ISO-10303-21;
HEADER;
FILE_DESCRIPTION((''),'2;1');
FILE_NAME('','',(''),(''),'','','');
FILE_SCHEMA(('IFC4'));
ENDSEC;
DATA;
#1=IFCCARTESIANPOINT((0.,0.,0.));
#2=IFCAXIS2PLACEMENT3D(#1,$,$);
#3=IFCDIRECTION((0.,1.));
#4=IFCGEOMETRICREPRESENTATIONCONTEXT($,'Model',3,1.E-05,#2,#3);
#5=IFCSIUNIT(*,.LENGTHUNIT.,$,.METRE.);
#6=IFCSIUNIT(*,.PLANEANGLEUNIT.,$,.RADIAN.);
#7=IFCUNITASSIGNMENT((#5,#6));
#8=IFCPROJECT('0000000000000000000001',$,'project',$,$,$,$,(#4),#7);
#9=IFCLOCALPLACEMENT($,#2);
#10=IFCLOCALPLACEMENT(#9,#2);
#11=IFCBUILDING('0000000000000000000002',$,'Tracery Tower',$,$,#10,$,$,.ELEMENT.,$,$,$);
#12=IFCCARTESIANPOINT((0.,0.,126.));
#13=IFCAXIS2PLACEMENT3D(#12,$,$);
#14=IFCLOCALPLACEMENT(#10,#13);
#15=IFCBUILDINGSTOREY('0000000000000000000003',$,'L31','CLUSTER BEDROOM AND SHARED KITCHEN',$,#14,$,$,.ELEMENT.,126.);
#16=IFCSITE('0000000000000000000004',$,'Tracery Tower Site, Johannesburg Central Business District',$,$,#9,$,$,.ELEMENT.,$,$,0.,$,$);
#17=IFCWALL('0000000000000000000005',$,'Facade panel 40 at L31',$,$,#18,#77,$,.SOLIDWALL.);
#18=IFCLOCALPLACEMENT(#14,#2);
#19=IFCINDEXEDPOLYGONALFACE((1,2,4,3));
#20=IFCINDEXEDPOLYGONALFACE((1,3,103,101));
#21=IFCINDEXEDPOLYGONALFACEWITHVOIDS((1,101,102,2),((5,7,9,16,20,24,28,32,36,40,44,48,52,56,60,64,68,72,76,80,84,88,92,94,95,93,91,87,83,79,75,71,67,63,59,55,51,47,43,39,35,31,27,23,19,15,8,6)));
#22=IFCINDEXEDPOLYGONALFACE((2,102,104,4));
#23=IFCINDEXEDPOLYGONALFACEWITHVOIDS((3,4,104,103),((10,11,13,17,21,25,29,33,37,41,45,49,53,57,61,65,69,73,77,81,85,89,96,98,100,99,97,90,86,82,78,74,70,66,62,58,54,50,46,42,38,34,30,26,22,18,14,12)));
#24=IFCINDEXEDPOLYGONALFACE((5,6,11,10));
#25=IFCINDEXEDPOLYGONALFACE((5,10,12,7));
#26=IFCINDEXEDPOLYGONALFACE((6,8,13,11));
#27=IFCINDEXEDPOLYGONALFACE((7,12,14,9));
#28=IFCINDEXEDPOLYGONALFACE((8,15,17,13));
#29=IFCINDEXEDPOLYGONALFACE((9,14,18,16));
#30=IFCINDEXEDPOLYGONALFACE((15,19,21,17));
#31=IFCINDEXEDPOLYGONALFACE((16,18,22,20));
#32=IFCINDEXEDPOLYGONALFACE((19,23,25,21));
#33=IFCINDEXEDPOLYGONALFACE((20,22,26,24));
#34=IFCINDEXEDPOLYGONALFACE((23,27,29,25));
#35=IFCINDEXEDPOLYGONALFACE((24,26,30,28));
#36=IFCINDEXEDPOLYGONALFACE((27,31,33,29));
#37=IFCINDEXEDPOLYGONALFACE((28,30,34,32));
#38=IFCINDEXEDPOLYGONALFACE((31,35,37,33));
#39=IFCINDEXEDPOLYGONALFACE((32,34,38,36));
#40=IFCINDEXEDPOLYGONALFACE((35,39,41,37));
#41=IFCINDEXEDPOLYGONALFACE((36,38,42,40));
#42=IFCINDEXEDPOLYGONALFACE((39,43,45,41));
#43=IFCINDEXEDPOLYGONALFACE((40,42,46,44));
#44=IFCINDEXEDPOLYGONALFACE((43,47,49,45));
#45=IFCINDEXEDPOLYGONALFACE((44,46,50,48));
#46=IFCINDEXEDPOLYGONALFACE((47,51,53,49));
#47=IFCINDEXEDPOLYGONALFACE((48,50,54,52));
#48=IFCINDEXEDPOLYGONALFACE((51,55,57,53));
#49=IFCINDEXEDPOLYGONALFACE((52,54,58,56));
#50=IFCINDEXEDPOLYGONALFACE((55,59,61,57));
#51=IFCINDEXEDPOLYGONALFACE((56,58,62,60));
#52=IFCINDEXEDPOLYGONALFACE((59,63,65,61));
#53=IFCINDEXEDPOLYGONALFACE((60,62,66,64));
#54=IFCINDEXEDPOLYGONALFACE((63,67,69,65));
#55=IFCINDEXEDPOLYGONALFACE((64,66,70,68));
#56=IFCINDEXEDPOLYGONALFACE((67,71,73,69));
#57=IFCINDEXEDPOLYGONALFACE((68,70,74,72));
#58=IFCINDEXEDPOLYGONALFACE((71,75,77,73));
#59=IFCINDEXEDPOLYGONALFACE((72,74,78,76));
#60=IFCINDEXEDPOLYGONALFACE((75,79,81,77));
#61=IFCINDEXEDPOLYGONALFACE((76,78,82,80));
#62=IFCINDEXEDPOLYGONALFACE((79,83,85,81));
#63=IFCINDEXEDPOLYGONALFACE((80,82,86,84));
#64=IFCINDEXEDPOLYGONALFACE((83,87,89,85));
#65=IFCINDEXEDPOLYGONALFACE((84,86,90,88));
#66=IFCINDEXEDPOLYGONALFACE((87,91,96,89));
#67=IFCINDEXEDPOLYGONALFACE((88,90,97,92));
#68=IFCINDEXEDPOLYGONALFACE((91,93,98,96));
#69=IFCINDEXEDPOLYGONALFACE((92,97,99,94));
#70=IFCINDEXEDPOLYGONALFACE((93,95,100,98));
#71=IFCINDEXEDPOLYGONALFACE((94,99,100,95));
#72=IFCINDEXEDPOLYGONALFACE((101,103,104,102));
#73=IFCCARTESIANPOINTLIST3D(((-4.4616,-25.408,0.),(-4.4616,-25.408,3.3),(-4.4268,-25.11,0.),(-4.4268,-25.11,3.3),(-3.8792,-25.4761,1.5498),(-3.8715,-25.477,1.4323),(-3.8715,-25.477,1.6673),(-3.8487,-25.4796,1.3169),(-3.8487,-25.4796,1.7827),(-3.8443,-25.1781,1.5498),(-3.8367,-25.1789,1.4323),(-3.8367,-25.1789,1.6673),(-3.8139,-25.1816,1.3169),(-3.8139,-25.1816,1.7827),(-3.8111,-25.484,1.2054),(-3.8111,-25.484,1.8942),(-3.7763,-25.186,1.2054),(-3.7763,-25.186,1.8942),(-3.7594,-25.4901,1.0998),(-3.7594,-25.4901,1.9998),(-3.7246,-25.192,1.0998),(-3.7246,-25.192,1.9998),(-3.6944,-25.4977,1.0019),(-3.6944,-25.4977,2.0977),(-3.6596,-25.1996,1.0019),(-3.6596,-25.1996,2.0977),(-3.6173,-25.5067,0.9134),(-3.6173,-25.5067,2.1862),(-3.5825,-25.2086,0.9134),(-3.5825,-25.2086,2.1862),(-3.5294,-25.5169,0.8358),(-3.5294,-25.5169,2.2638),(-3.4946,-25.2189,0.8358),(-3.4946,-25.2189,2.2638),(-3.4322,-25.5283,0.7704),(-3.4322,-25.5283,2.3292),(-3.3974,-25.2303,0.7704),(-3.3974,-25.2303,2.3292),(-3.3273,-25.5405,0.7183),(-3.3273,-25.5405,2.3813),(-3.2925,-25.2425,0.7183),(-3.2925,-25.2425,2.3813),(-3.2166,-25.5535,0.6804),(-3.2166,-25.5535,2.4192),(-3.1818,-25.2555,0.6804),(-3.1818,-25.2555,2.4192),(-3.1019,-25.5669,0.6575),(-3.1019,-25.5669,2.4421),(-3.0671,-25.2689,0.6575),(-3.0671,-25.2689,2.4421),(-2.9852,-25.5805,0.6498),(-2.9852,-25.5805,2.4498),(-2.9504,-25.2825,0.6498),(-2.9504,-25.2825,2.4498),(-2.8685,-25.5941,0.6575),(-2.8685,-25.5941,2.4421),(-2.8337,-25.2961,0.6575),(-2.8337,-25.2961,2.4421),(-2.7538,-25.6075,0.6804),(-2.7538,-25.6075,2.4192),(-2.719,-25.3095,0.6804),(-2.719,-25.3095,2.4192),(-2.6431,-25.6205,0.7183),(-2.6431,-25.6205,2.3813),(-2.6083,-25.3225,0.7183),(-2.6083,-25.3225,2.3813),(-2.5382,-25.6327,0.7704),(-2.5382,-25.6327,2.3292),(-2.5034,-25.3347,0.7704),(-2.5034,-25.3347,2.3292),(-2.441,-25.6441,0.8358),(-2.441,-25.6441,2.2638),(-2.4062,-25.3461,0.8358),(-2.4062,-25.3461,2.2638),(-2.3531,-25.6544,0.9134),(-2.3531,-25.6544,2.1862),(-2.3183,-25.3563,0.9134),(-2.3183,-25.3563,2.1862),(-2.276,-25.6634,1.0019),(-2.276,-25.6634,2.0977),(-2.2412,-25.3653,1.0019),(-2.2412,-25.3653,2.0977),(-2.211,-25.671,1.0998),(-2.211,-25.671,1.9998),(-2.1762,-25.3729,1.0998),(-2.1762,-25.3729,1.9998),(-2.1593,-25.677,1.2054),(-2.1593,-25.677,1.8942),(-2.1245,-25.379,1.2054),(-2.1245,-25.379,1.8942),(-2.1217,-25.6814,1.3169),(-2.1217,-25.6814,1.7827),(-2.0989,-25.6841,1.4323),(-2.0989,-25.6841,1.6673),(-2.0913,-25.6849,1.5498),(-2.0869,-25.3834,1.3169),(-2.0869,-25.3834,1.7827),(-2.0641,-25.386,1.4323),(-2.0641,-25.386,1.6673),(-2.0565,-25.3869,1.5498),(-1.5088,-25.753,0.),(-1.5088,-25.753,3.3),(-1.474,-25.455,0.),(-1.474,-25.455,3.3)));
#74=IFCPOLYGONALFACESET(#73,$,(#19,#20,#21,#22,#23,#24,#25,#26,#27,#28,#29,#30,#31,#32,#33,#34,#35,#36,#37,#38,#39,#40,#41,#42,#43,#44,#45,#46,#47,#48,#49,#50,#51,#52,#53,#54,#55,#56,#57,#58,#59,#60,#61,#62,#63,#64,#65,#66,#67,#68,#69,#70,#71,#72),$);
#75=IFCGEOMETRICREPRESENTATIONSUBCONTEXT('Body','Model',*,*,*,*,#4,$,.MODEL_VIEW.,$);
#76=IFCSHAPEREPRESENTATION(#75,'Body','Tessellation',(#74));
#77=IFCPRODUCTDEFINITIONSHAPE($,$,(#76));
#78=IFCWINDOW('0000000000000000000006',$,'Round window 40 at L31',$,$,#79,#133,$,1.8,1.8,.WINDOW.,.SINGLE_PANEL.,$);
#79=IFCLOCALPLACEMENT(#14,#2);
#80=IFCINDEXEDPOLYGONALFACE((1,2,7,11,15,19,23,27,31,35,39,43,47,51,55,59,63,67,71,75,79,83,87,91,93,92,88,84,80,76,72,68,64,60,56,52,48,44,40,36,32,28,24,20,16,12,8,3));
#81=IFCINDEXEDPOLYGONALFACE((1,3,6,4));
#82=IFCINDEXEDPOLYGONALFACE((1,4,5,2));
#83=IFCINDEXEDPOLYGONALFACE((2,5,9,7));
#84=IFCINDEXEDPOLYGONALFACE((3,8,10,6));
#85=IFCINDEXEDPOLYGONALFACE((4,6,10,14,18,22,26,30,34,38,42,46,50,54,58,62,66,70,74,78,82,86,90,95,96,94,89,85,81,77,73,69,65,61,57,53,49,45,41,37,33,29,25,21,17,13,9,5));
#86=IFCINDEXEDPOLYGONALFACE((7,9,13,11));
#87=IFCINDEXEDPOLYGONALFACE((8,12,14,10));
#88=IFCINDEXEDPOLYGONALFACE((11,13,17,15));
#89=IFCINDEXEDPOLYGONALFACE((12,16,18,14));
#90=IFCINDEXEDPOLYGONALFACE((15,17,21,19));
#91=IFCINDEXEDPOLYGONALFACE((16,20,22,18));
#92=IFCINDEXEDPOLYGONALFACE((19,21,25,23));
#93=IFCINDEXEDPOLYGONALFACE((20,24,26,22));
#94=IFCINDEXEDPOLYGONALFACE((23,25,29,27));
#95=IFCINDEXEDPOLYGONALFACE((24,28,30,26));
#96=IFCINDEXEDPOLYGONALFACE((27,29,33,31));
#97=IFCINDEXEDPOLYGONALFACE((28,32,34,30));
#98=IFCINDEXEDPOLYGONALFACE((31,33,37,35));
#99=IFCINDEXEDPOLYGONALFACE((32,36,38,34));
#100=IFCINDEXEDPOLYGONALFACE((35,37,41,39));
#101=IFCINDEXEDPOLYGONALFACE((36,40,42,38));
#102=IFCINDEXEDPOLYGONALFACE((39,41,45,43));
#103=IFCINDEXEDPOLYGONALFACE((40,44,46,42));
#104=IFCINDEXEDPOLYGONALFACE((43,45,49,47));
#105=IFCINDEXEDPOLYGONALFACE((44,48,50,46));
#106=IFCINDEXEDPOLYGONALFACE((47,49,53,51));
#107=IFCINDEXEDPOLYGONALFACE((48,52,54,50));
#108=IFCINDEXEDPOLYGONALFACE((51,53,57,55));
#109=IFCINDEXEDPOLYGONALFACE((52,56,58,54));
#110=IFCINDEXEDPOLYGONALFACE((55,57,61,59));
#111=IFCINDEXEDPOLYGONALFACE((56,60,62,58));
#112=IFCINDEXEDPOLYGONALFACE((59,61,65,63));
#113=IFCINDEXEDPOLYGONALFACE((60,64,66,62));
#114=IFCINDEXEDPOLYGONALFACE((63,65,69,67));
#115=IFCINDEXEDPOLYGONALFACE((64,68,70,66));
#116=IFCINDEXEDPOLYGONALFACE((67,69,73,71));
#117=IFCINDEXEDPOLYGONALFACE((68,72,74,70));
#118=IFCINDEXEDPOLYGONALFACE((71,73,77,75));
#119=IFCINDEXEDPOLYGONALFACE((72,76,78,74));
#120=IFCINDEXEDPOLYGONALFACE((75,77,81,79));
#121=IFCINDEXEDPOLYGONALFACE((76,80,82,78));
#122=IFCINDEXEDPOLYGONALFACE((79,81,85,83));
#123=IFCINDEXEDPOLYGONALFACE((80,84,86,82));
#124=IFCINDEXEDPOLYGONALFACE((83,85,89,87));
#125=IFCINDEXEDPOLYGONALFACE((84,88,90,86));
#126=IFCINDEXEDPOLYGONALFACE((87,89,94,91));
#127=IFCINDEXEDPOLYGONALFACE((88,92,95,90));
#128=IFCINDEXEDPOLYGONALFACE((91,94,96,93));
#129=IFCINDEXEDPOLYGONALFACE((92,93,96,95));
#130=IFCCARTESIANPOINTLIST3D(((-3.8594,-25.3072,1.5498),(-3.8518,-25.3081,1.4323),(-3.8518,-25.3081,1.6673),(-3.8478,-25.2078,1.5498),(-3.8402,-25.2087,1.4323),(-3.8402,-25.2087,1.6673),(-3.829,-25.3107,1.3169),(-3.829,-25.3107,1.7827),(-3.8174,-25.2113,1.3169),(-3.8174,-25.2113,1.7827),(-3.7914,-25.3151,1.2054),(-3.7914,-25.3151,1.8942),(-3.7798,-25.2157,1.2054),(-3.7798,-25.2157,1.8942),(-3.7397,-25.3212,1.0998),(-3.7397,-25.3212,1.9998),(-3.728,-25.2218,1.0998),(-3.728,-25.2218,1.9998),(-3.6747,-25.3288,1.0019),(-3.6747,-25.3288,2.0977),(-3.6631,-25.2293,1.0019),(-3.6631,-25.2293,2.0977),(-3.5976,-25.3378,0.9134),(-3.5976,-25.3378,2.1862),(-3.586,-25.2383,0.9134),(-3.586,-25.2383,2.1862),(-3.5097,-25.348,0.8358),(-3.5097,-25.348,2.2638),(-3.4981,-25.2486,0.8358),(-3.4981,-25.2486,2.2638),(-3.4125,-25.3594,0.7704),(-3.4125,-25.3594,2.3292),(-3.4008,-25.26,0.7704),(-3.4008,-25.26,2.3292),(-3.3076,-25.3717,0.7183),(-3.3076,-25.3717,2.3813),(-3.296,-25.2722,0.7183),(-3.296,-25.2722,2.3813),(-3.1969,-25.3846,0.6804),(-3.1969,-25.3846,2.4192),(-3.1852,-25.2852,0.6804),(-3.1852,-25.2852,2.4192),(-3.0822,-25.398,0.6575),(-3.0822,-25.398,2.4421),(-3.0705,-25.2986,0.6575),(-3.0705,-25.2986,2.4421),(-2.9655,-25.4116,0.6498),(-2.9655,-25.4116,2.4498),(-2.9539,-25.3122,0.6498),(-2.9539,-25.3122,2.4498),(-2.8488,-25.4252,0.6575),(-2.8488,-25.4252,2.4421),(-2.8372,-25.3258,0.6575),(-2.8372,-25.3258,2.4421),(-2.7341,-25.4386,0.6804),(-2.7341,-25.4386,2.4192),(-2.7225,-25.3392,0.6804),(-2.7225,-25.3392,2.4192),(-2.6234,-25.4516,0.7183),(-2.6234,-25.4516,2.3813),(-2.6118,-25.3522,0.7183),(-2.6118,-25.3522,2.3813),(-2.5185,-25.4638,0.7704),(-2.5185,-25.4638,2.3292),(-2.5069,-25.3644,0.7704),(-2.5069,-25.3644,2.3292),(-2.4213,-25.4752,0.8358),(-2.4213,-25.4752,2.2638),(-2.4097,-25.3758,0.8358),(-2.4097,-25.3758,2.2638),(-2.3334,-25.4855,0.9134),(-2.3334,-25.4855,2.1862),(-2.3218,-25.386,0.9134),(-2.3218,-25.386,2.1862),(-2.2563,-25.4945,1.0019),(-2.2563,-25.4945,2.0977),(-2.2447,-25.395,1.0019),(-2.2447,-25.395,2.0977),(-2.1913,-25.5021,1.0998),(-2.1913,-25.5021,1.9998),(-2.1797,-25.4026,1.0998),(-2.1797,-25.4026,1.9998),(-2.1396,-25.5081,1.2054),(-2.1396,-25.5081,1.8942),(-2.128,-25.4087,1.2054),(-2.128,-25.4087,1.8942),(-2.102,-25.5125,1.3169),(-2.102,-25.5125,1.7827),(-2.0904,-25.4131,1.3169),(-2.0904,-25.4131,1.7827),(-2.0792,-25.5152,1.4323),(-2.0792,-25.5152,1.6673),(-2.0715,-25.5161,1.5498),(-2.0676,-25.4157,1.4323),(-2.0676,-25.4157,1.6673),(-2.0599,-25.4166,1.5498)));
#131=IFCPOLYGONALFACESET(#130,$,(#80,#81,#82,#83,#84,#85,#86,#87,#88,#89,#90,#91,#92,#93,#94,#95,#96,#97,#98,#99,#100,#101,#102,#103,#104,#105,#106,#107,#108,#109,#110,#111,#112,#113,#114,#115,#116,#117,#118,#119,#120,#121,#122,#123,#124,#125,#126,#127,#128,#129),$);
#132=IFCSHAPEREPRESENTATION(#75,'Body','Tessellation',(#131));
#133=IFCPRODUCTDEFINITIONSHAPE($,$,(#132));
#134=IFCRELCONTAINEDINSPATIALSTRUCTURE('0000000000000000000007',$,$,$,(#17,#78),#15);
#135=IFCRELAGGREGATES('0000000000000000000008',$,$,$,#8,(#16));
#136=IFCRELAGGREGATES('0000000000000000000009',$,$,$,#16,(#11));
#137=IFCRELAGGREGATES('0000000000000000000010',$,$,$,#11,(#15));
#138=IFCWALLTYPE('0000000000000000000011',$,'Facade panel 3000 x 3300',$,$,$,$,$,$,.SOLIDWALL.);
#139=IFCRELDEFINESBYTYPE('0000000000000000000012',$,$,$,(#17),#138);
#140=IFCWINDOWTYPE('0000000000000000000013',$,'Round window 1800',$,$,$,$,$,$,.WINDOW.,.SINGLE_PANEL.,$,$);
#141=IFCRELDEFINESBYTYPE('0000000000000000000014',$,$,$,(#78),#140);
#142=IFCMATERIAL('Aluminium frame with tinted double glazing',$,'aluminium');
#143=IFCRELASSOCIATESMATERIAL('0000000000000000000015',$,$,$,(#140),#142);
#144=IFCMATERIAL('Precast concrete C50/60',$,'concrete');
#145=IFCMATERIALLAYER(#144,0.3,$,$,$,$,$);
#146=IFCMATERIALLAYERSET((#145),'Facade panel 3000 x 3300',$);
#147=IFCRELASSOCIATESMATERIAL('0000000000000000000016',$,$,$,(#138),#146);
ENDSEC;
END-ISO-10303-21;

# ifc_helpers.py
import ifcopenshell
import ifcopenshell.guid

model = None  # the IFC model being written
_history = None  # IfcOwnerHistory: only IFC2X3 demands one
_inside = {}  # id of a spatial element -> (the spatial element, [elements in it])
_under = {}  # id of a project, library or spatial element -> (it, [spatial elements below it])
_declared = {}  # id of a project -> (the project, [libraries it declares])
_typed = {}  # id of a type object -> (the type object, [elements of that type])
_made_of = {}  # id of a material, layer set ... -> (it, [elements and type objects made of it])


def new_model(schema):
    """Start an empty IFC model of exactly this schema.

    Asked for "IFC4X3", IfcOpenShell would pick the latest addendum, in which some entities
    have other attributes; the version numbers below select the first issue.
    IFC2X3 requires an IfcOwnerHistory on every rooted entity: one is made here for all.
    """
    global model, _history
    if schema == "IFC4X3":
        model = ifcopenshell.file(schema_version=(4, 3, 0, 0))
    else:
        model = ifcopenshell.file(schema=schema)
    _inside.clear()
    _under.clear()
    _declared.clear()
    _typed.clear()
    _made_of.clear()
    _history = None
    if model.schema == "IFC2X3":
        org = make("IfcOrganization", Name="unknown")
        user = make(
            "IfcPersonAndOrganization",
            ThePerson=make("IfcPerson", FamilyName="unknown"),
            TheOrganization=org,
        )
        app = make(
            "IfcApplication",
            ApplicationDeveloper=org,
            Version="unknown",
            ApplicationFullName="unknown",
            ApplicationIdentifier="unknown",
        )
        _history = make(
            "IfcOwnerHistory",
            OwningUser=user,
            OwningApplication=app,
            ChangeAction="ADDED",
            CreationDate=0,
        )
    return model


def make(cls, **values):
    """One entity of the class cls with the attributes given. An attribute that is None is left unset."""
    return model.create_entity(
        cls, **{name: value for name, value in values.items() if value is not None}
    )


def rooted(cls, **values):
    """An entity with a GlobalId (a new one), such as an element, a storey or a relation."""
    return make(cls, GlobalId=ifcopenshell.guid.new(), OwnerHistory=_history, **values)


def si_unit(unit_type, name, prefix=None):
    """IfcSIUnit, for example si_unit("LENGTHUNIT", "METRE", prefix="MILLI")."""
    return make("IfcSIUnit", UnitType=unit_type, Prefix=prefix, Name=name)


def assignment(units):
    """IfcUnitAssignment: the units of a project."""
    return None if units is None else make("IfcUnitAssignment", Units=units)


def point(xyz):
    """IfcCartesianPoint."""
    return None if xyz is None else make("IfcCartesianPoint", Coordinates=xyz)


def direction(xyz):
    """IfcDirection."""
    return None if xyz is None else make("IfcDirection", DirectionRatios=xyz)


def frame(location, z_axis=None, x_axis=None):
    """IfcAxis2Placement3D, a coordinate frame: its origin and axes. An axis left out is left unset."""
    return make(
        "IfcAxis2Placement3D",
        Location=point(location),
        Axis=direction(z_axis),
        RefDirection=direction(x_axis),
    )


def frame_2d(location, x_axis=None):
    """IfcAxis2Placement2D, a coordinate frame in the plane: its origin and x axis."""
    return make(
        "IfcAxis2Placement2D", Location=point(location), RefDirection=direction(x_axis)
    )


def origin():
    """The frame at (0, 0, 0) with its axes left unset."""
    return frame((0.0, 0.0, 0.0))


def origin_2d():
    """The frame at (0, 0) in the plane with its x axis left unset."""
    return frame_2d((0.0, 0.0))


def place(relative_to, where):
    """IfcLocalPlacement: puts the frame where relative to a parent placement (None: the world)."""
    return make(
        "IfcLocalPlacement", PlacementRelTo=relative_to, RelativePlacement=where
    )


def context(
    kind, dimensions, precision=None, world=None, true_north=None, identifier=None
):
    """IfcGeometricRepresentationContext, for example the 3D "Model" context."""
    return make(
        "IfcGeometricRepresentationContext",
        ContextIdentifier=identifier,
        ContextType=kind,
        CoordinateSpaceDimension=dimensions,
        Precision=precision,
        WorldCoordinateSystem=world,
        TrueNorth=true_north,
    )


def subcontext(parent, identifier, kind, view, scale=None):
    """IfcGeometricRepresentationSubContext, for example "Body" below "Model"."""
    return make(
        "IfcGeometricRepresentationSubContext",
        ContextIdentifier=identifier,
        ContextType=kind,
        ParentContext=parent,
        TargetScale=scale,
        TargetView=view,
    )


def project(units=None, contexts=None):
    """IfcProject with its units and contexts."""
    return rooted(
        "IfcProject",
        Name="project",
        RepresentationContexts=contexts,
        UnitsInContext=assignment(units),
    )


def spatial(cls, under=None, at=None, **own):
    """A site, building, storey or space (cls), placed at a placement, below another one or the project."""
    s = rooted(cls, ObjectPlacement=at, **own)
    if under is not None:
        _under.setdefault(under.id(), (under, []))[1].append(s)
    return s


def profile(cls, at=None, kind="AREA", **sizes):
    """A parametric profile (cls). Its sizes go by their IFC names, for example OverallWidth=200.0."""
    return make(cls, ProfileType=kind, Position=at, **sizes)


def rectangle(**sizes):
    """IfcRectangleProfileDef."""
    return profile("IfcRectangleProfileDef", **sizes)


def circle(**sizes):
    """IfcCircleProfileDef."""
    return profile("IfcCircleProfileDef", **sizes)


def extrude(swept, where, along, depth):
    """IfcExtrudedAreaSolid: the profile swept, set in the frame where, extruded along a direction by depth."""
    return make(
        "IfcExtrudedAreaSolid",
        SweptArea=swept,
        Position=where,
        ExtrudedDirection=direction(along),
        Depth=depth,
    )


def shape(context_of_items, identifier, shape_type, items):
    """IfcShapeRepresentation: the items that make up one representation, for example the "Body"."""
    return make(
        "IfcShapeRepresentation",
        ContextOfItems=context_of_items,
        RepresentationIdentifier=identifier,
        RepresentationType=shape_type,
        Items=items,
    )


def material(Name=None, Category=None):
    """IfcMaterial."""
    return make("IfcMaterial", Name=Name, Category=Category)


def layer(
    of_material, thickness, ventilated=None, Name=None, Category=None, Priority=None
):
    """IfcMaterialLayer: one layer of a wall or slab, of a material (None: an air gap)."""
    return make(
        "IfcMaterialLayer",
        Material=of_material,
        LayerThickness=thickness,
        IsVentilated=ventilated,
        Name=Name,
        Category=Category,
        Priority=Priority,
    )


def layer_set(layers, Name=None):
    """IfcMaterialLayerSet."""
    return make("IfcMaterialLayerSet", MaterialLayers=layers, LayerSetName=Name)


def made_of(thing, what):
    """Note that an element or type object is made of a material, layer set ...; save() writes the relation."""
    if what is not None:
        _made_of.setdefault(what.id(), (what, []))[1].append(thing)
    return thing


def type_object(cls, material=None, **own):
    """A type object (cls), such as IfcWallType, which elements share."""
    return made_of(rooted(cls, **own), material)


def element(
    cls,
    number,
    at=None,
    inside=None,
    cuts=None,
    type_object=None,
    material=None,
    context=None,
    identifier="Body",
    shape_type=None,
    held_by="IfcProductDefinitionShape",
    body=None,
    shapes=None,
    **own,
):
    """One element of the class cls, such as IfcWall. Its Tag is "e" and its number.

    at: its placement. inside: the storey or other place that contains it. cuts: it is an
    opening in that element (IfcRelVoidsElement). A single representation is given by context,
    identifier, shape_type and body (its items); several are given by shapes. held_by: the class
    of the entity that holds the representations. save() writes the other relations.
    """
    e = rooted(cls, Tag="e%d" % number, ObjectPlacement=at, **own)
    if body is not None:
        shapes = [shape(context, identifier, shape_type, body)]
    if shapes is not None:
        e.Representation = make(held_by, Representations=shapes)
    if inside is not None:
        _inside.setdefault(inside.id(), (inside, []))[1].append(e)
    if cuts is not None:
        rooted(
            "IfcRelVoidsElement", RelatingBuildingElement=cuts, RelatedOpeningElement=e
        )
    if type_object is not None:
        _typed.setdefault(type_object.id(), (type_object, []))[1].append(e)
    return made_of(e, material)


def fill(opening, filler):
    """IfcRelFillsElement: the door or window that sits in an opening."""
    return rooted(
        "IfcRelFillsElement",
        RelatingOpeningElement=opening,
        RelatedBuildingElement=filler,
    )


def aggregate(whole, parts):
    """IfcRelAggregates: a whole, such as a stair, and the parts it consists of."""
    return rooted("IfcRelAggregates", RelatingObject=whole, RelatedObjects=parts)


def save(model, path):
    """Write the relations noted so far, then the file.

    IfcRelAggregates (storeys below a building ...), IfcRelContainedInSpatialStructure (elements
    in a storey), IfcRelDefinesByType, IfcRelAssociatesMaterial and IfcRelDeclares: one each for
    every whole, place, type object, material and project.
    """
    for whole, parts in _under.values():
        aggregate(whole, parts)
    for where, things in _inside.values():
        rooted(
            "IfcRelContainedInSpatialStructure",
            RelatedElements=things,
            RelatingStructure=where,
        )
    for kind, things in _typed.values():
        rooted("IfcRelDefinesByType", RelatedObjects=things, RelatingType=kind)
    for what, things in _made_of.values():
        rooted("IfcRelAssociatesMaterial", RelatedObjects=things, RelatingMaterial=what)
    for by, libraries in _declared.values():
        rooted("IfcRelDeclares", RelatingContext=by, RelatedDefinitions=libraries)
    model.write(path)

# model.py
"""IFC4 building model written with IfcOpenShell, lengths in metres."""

from ifc_helpers import new_model, si_unit, direction, frame, frame_2d, origin, origin_2d, place, context, subcontext, project, spatial, rectangle, circle, extrude, material, layer, layer_set, type_object, element, fill, save


model = new_model("IFC4")

# Units and contexts
model_context = context("Model", 3, precision=1e-05, world=origin(), true_north=direction((0.0, 1.0)))
body_context = subcontext(model_context, "Body", "Model", "MODEL_VIEW")
ifc_project = project(units=[si_unit("LENGTHUNIT", "METRE"), si_unit("PLANEANGLEUNIT", "RADIAN")], contexts=[model_context])

# Site, building, storey
site_placement = place(None, origin())
site = spatial("IfcSite", under=ifc_project, at=site_placement, Name="Tracery Tower Site, Johannesburg Central Business District", CompositionType="ELEMENT", RefElevation=0.0)
building_placement = place(site_placement, origin())
building = spatial("IfcBuilding", under=site, at=building_placement, Name="Tracery Tower", CompositionType="ELEMENT")
storey_placement = place(building_placement, frame((0.0, 0.0, 126.0)))
storey = spatial("IfcBuildingStorey", under=building, at=storey_placement, Name="L31", Description="CLUSTER BEDROOM AND SHARED KITCHEN", CompositionType="ELEMENT", Elevation=126.0)

# Wall, opening, window
ifc_material_1 = material(Name="Aluminium frame with tinted double glazing", Category="aluminium")
window_type = type_object("IfcWindowType", Name="Round window 1800", PartitioningType="SINGLE_PANEL", PredefinedType="WINDOW", material=ifc_material_1)
ifc_material_2 = material(Name="Precast concrete C50/60", Category="concrete")
ifc_layer_1 = layer(ifc_material_2, 0.3)
ifc_layer_set_1 = layer_set([ifc_layer_1], Name="Facade panel 3000 x 3300")
wall_type_1 = type_object("IfcWallType", Name="Facade panel 3000 x 3300", PredefinedType="SOLIDWALL", material=ifc_layer_set_1)
wall_1_placement = place(storey_placement, frame((-4.4441, -25.259, 0.0), z_axis=(0.0, 0.0, 1.0), x_axis=(0.993245, -0.116036, 0.0)))
wall_1 = element("IfcWall", 1, at=wall_1_placement, inside=storey, type_object=wall_type_1, Name="Facade panel 40 at L31", PredefinedType="SOLIDWALL", context=body_context, shape_type="SweptSolid", body=[
    extrude(rectangle(XDim=2.9729, YDim=0.3, at=frame_2d((1.4863, 0.0))), origin(), (0.0, 0.0, 1.0), 3.3),
])
opening_1_placement = place(wall_1_placement, frame((1.4863, 0.0, 1.5498)))
opening_1 = element("IfcOpeningElement", 2, at=opening_1_placement, cuts=wall_1, PredefinedType="OPENING", context=body_context, shape_type="SweptSolid", body=[
    extrude(circle(Radius=0.9, at=origin_2d()), frame((0.0, 0.1599, 0.0), z_axis=(0.0, -1.0, 0.0), x_axis=(1.0, 0.0, 0.0)), (0.0, 0.0, 1.0), 0.3201),
])
window_1_placement = place(opening_1_placement, origin())
window_1 = element("IfcWindow", 3, at=window_1_placement, inside=storey, type_object=window_type, Name="Round window 40 at L31", OverallHeight=1.8, OverallWidth=1.8, PartitioningType="SINGLE_PANEL", PredefinedType="WINDOW", context=body_context, shape_type="SweptSolid", body=[
    extrude(circle(Radius=0.9, at=origin_2d()), frame((0.0, 0.1201, 0.0), z_axis=(0.0, -1.0, 0.0), x_axis=(1.0, 0.0, 0.0)), (0.0, 0.0, 1.0), 0.1001),
])
fill(opening_1, window_1)

save(model, "model.ifc")
